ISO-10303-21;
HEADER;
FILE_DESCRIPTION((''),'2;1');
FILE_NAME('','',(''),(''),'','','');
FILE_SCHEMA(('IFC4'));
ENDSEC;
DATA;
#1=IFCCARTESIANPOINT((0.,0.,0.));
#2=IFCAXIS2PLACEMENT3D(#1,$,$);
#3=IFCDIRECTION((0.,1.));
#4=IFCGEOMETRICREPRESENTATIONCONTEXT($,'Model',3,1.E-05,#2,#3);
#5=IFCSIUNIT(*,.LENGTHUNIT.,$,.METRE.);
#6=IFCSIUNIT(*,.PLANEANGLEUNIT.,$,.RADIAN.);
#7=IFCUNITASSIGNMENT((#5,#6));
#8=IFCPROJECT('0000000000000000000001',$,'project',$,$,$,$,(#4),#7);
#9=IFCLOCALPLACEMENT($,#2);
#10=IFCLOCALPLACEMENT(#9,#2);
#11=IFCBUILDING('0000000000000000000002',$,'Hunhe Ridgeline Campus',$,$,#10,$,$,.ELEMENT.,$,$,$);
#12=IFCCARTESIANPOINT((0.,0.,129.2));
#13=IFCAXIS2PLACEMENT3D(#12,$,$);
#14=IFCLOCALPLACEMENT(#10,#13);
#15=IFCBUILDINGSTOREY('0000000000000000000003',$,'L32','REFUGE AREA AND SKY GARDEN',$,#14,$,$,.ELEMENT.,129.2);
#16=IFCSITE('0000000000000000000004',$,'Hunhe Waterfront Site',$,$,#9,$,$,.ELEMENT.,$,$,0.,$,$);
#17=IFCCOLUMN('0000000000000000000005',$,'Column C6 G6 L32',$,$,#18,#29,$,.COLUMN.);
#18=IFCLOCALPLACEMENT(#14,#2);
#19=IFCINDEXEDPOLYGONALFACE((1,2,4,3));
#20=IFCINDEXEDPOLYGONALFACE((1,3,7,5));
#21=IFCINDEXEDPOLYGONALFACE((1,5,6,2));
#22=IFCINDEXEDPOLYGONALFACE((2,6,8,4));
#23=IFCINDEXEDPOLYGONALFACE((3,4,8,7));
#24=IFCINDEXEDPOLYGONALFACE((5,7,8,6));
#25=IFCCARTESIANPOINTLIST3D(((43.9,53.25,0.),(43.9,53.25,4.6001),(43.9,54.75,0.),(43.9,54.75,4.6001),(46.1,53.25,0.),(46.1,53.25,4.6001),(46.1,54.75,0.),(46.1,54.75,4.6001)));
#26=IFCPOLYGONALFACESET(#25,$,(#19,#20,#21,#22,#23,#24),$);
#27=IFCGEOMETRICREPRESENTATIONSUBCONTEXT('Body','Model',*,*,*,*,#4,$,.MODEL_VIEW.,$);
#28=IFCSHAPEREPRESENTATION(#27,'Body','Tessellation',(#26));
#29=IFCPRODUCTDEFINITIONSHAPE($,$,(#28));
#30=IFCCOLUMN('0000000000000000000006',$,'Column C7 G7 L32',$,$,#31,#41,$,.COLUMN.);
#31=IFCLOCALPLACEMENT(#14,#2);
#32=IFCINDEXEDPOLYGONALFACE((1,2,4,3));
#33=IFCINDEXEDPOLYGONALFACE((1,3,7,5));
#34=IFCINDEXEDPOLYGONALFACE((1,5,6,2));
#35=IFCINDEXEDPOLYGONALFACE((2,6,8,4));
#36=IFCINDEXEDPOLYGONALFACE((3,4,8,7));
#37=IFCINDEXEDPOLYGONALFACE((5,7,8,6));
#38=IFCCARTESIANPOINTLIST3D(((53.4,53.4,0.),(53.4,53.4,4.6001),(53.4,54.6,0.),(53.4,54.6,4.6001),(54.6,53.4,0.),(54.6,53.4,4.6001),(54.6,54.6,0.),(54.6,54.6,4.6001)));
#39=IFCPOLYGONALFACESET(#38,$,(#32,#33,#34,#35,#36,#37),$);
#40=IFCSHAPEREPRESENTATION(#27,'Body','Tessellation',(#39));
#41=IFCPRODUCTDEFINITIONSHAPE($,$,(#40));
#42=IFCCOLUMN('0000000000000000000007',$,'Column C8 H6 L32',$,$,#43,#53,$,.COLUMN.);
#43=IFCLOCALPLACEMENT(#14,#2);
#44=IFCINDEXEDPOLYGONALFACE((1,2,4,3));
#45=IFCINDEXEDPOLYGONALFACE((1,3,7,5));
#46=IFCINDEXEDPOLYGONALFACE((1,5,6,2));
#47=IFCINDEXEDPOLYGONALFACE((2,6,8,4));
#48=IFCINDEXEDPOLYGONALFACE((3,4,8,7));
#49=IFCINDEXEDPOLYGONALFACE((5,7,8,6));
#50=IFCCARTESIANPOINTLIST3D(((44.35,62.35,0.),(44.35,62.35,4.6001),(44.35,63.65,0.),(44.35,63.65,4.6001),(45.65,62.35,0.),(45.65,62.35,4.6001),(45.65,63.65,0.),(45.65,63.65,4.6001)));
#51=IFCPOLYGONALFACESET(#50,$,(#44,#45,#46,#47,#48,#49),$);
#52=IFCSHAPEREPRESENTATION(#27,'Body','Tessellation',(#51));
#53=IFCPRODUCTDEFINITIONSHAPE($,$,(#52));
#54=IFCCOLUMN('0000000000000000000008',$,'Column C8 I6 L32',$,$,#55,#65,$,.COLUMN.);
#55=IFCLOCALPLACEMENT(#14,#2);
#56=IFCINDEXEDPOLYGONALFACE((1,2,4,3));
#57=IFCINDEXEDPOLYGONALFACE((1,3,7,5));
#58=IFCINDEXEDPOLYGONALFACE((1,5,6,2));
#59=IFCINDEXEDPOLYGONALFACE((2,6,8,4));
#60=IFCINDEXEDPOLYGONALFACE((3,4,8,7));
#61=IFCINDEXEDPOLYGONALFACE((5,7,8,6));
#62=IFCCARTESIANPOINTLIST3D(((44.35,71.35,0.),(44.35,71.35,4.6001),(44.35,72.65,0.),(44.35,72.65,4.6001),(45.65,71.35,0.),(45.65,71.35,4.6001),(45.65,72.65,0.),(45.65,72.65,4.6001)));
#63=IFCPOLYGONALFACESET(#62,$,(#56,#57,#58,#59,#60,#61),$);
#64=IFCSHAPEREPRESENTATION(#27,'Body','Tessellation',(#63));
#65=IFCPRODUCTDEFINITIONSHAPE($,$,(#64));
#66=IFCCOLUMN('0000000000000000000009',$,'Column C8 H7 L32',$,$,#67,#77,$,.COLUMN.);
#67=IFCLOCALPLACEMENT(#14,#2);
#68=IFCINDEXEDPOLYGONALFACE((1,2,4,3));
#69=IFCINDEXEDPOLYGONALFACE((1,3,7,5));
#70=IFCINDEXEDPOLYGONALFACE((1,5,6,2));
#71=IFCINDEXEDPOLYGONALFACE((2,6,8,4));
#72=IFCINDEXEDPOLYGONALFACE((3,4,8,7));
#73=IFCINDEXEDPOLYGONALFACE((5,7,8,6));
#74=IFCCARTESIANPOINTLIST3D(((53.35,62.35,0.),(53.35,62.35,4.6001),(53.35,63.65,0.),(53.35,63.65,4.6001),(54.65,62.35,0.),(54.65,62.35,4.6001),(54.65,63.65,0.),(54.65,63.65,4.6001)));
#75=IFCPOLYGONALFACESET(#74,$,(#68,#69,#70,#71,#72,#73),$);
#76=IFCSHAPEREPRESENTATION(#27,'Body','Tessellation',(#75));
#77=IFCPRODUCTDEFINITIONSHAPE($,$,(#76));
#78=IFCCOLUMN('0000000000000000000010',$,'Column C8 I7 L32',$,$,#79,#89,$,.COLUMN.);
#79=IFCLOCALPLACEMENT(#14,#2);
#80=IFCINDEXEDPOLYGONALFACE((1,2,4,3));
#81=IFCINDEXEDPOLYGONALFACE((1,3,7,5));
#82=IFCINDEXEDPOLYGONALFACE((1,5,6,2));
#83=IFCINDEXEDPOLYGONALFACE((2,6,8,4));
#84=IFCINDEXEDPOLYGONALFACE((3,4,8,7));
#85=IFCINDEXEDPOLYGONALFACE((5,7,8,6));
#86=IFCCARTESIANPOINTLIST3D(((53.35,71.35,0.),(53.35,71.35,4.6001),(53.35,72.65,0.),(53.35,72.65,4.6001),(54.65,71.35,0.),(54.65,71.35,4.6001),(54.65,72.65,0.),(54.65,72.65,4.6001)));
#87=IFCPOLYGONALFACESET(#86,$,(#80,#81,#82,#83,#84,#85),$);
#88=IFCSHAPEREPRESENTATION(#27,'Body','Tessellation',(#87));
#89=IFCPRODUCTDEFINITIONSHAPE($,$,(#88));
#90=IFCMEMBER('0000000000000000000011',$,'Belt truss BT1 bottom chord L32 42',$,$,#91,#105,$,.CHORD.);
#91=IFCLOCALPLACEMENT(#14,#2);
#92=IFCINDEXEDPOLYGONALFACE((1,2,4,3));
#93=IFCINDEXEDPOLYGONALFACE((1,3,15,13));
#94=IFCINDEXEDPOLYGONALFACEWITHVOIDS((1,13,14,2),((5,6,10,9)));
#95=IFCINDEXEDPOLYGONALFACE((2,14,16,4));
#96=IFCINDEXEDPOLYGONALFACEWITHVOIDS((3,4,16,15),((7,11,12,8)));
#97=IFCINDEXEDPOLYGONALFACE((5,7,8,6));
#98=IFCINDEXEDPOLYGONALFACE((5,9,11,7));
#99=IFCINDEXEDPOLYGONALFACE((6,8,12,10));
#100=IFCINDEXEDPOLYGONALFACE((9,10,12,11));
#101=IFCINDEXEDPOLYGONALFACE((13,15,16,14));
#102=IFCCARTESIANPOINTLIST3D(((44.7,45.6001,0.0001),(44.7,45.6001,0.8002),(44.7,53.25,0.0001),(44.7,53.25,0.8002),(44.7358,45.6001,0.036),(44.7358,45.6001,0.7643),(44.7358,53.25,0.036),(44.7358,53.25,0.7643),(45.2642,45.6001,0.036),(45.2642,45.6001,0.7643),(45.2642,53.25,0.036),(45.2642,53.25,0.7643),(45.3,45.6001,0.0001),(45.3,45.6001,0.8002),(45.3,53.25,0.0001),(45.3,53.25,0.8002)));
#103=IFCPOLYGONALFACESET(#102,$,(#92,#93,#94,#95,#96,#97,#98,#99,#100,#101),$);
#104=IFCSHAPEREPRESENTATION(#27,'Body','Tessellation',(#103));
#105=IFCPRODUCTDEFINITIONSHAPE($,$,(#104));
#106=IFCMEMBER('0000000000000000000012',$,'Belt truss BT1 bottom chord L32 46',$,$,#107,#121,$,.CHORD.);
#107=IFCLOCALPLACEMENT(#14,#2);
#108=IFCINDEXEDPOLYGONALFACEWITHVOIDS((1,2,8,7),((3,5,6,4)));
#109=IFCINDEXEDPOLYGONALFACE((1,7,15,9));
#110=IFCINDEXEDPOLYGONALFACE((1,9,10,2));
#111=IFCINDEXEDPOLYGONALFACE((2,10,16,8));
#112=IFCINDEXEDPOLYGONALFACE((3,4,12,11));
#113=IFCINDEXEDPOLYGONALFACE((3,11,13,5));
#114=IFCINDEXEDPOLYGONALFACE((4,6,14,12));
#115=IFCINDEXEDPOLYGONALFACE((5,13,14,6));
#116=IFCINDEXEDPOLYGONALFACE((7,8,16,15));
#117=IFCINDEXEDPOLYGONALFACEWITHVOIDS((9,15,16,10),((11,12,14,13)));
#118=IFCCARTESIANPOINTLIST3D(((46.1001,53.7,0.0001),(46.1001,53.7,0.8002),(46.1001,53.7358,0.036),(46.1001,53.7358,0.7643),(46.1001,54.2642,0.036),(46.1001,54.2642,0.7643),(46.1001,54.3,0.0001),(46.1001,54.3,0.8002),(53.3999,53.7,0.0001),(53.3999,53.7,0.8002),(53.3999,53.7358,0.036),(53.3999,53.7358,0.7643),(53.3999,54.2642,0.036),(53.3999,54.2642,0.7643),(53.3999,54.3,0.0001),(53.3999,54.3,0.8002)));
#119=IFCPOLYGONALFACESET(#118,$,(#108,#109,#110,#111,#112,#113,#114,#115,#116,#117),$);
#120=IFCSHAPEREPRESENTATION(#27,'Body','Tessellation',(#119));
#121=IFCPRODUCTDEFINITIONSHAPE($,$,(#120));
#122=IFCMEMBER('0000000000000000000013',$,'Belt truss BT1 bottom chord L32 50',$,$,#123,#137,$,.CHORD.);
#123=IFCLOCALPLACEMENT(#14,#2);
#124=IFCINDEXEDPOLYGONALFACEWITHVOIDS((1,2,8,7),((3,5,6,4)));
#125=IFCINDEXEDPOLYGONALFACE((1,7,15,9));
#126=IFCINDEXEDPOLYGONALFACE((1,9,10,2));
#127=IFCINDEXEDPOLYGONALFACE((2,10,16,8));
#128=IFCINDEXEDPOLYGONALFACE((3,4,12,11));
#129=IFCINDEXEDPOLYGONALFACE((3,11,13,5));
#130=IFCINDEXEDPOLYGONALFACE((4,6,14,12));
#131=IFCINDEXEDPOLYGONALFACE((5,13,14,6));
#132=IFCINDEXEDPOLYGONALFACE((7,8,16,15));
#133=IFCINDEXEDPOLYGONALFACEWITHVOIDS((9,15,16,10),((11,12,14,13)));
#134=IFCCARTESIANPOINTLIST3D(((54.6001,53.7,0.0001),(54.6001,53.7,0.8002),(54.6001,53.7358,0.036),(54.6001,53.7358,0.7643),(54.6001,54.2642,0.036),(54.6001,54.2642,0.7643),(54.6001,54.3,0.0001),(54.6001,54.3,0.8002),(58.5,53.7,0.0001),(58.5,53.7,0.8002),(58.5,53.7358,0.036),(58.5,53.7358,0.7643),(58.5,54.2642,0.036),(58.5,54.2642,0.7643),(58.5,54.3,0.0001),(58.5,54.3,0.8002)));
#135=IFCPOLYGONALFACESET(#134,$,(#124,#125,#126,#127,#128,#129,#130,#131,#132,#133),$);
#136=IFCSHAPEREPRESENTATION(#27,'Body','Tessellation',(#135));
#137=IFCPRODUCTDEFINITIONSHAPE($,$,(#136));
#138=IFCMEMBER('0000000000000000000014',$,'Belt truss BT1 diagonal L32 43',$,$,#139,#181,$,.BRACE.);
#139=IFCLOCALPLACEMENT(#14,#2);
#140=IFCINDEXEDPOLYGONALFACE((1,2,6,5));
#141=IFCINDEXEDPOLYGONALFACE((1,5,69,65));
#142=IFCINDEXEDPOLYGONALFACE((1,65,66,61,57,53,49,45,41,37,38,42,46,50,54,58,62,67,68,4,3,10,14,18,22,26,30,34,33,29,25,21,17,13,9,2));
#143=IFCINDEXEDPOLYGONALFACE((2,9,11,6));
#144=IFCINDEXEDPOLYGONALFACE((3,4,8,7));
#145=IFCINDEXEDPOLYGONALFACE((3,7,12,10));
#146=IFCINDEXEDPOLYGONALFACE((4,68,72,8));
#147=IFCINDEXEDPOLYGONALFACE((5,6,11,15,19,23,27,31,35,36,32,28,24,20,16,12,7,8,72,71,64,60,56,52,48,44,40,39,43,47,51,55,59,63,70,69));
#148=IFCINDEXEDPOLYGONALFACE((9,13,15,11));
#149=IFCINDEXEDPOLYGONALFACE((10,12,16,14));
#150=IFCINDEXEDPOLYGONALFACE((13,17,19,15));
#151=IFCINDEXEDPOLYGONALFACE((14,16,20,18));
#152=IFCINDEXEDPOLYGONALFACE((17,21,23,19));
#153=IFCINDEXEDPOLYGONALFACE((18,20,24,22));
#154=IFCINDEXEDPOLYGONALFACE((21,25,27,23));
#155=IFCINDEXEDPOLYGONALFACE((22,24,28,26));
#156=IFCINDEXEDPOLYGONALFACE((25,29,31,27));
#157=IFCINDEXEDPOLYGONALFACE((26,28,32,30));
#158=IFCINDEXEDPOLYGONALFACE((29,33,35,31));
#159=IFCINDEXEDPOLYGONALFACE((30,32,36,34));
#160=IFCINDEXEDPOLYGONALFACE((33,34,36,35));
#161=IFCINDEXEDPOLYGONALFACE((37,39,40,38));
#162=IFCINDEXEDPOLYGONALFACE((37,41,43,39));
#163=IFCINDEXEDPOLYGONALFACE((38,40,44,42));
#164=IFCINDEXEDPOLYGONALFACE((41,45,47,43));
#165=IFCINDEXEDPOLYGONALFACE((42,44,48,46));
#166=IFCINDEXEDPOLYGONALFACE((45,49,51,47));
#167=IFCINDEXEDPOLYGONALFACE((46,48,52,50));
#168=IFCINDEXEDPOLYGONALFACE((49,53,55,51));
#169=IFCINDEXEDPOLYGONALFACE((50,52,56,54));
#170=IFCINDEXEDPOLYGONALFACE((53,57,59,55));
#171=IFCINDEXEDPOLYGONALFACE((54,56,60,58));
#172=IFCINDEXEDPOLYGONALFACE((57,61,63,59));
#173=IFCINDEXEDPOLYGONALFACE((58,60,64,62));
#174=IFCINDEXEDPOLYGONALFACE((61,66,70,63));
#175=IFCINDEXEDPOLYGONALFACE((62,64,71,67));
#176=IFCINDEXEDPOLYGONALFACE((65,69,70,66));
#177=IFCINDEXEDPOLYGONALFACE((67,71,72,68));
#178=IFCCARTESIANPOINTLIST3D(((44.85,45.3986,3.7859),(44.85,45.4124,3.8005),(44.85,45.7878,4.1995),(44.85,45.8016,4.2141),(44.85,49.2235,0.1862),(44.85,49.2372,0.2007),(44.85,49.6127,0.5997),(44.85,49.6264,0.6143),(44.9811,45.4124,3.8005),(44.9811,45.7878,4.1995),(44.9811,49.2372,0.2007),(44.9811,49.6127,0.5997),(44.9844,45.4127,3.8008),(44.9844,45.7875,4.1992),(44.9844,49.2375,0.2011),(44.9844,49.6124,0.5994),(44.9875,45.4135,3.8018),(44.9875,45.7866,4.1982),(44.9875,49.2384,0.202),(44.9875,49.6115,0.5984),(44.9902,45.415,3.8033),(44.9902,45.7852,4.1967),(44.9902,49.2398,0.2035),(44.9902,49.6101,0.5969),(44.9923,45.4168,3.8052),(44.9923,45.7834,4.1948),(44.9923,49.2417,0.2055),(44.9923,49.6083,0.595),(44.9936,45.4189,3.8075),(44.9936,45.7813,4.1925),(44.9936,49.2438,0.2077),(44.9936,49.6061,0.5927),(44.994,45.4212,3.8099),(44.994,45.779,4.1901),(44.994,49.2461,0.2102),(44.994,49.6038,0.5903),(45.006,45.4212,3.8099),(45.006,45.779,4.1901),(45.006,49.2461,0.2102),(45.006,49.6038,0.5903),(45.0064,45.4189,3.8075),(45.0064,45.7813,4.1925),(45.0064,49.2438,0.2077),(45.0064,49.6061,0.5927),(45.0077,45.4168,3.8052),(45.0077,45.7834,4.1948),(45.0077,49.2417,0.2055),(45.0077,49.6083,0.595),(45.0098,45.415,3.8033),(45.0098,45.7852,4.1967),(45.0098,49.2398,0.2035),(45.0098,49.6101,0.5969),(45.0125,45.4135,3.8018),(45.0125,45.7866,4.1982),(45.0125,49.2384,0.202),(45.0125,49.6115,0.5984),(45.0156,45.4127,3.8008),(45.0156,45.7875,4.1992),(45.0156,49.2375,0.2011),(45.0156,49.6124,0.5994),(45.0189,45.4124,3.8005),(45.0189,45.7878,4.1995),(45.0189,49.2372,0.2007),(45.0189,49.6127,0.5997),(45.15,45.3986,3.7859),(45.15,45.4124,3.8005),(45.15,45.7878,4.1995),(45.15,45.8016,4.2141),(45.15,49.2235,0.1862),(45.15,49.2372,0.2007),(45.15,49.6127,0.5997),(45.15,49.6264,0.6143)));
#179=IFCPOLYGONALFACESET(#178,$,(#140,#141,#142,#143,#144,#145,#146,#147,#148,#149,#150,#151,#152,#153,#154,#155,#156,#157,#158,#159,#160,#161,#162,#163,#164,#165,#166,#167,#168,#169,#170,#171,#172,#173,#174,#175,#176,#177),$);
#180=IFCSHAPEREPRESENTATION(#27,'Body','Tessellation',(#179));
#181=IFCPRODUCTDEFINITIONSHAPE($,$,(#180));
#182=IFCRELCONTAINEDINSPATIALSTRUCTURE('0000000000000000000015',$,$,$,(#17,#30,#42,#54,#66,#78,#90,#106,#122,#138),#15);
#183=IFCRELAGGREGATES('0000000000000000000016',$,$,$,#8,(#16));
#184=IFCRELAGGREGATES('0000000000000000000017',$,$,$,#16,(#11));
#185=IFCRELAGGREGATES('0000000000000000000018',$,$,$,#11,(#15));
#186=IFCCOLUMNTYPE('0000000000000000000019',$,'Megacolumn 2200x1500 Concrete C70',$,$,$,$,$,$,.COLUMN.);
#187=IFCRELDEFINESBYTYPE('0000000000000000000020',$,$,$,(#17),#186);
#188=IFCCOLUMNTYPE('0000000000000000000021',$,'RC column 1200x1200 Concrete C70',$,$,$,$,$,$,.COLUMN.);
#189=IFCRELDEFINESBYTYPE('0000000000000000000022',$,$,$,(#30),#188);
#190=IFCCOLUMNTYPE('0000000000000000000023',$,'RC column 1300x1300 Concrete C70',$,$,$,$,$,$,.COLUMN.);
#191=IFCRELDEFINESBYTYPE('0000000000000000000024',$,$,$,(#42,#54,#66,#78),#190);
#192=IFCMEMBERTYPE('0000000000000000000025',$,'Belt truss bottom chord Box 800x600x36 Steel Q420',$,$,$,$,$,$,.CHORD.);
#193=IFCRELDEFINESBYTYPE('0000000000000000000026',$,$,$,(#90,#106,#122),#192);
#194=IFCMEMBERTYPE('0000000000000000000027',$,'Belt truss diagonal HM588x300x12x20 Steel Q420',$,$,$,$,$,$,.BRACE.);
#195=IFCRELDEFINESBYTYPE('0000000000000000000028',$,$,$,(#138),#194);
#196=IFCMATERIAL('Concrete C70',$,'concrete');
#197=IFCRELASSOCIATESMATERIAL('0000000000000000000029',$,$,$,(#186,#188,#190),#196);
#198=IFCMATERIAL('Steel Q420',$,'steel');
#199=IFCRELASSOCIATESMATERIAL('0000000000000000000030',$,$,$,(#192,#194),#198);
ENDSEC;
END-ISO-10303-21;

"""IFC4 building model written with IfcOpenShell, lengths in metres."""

from ifc_helpers import new_model, si_unit, direction, frame, origin, origin_2d, place, context, subcontext, project, spatial, rectangle, hollow_rectangle, i_section, extrude, material, material_profile, profile_set, type_object, element, save


model = new_model("IFC4")

# Units and contexts
model_context = context("Model", 3, precision=1e-05, world=origin(), true_north=direction((0.0, 1.0)))
body_context = subcontext(model_context, "Body", "Model", "MODEL_VIEW")
ifc_project = project(units=[si_unit("LENGTHUNIT", "METRE"), si_unit("PLANEANGLEUNIT", "RADIAN")], contexts=[model_context])

# Site, building, storey
site_placement = place(None, origin())
site = spatial("IfcSite", under=ifc_project, at=site_placement, Name="Hunhe Waterfront Site", CompositionType="ELEMENT", RefElevation=0.0)
building_placement = place(site_placement, origin())
building = spatial("IfcBuilding", under=site, at=building_placement, Name="Hunhe Ridgeline Campus", CompositionType="ELEMENT")
storey_placement = place(building_placement, frame((0.0, 0.0, 129.2)))
storey = spatial("IfcBuildingStorey", under=building, at=storey_placement, Name="L32", Description="REFUGE AREA AND SKY GARDEN", CompositionType="ELEMENT", Elevation=129.2)

# Columns
ifc_material_1 = material(Name="Concrete C70", Category="concrete")
ifc_material_profile_1 = material_profile(ifc_material_1, rectangle(XDim=2.2, YDim=1.5, at=origin_2d()))
ifc_profile_set_1 = profile_set([ifc_material_profile_1], Name="Concrete C70")
column_type_1 = type_object("IfcColumnType", Name="Megacolumn 2200x1500 Concrete C70", PredefinedType="COLUMN", material=ifc_profile_set_1)
column_1_placement = place(storey_placement, frame((45.0, 54.0, 0.0), z_axis=(0.0, 0.0, 1.0), x_axis=(1.0, 0.0, 0.0)))
element("IfcColumn", 1, at=column_1_placement, inside=storey, type_object=column_type_1, Name="Column C6 G6 L32", PredefinedType="COLUMN", context=body_context, shape_type="SweptSolid", body=[
    extrude(rectangle(XDim=2.2, YDim=1.5, at=origin_2d()), origin(), (0.0, 0.0, 1.0), 4.6001),
])
ifc_material_profile_2 = material_profile(ifc_material_1, rectangle(XDim=1.2, YDim=1.2, at=origin_2d()))
ifc_profile_set_2 = profile_set([ifc_material_profile_2], Name="Concrete C70")
column_type_2 = type_object("IfcColumnType", Name="RC column 1200x1200 Concrete C70", PredefinedType="COLUMN", material=ifc_profile_set_2)
column_2_placement = place(storey_placement, frame((54.0, 54.0, 0.0), z_axis=(0.0, 0.0, 1.0), x_axis=(1.0, 0.0, 0.0)))
element("IfcColumn", 2, at=column_2_placement, inside=storey, type_object=column_type_2, Name="Column C7 G7 L32", PredefinedType="COLUMN", context=body_context, shape_type="SweptSolid", body=[
    extrude(rectangle(XDim=1.2, YDim=1.2, at=origin_2d()), origin(), (0.0, 0.0, 1.0), 4.6001),
])
ifc_material_profile_3 = material_profile(ifc_material_1, rectangle(XDim=1.3, YDim=1.3, at=origin_2d()))
ifc_profile_set_3 = profile_set([ifc_material_profile_3], Name="Concrete C70")
column_type_3 = type_object("IfcColumnType", Name="RC column 1300x1300 Concrete C70", PredefinedType="COLUMN", material=ifc_profile_set_3)
for number, where, z_axis, x_axis, name in (
    (3, (45.0, 63.0, 0.0), (0.0, 0.0, 1.0), (1.0, 0.0, 0.0), "Column C8 H6 L32"),
    (4, (45.0, 72.0, 0.0), (0.0, 0.0, 1.0), (1.0, 0.0, 0.0), "Column C8 I6 L32"),
    (5, (54.0, 63.0, 0.0), (0.0, 0.0, 1.0), (1.0, 0.0, 0.0), "Column C8 H7 L32"),
    (6, (54.0, 72.0, 0.0), (0.0, 0.0, 1.0), (1.0, 0.0, 0.0), "Column C8 I7 L32"),
):
    element("IfcColumn", number, at=place(storey_placement, frame(where, z_axis=z_axis, x_axis=x_axis)), inside=storey, type_object=column_type_3, Name=name, PredefinedType="COLUMN", context=body_context, shape_type="SweptSolid", body=[
        extrude(rectangle(XDim=1.3, YDim=1.3, at=origin_2d()), origin(), (0.0, 0.0, 1.0), 4.6001),
    ])

# Members
ifc_material_2 = material(Name="Steel Q420", Category="steel")
ifc_material_profile_4 = material_profile(ifc_material_2, hollow_rectangle(XDim=0.6001, YDim=0.8, WallThickness=0.0359, at=origin_2d()))
ifc_profile_set_4 = profile_set([ifc_material_profile_4], Name="Steel Q420")
member_type_1 = type_object("IfcMemberType", Name="Belt truss bottom chord Box 800x600x36 Steel Q420", PredefinedType="CHORD", material=ifc_profile_set_4)
member_1_placement = place(storey_placement, frame((45.0, 45.6001, 0.4001), z_axis=(0.0, 1.0, 0.0), x_axis=(-1.0, 0.0, 0.0)))
element("IfcMember", 7, at=member_1_placement, inside=storey, type_object=member_type_1, Name="Belt truss BT1 bottom chord L32 42", PredefinedType="CHORD", context=body_context, shape_type="SweptSolid", body=[
    extrude(hollow_rectangle(XDim=0.6001, YDim=0.8, WallThickness=0.0359, at=origin_2d()), origin(), (0.0, 0.0, 1.0), 7.6499),
])
member_2_placement = place(storey_placement, frame((46.1001, 54.0, 0.4001), z_axis=(1.0, 0.0, 0.0), x_axis=(0.0, 1.0, 0.0)))
element("IfcMember", 8, at=member_2_placement, inside=storey, type_object=member_type_1, Name="Belt truss BT1 bottom chord L32 46", PredefinedType="CHORD", context=body_context, shape_type="SweptSolid", body=[
    extrude(hollow_rectangle(XDim=0.6001, YDim=0.8, WallThickness=0.0359, at=origin_2d()), origin(), (0.0, 0.0, 1.0), 7.2998),
])
member_3_placement = place(storey_placement, frame((54.6001, 54.0, 0.4001), z_axis=(1.0, 0.0, 0.0), x_axis=(0.0, 1.0, 0.0)))
element("IfcMember", 9, at=member_3_placement, inside=storey, type_object=member_type_1, Name="Belt truss BT1 bottom chord L32 50", PredefinedType="CHORD", context=body_context, shape_type="SweptSolid", body=[
    extrude(hollow_rectangle(XDim=0.6001, YDim=0.8, WallThickness=0.0359, at=origin_2d()), origin(), (0.0, 0.0, 1.0), 3.8999),
])
ifc_material_profile_5 = material_profile(ifc_material_2, i_section(OverallWidth=0.3, OverallDepth=0.5879, WebThickness=0.012, FlangeThickness=0.02, FilletRadius=0.0129, at=origin_2d()))
ifc_profile_set_5 = profile_set([ifc_material_profile_5], Name="Steel Q420")
member_type_2 = type_object("IfcMemberType", Name="Belt truss diagonal HM588x300x12x20 Steel Q420", PredefinedType="BRACE", material=ifc_profile_set_5)
for number, where, z_axis, x_axis, name in (
    (10, (45.0, 45.6001, 4.0), (0.0, 0.72821, -0.685355), (-1.0, 0.0, 0.0), "Belt truss BT1 diagonal L32 43"),
):
    element("IfcMember", number, at=place(storey_placement, frame(where, z_axis=z_axis, x_axis=x_axis)), inside=storey, type_object=member_type_2, Name=name, PredefinedType="BRACE", context=body_context, shape_type="SweptSolid", body=[
        extrude(i_section(OverallWidth=0.3, OverallDepth=0.5879, WebThickness=0.012, FlangeThickness=0.02, FilletRadius=0.0129, at=origin_2d()), origin(), (0.0, 0.0, 1.0), 5.2524),
    ])

save(model, "model.ifc")
